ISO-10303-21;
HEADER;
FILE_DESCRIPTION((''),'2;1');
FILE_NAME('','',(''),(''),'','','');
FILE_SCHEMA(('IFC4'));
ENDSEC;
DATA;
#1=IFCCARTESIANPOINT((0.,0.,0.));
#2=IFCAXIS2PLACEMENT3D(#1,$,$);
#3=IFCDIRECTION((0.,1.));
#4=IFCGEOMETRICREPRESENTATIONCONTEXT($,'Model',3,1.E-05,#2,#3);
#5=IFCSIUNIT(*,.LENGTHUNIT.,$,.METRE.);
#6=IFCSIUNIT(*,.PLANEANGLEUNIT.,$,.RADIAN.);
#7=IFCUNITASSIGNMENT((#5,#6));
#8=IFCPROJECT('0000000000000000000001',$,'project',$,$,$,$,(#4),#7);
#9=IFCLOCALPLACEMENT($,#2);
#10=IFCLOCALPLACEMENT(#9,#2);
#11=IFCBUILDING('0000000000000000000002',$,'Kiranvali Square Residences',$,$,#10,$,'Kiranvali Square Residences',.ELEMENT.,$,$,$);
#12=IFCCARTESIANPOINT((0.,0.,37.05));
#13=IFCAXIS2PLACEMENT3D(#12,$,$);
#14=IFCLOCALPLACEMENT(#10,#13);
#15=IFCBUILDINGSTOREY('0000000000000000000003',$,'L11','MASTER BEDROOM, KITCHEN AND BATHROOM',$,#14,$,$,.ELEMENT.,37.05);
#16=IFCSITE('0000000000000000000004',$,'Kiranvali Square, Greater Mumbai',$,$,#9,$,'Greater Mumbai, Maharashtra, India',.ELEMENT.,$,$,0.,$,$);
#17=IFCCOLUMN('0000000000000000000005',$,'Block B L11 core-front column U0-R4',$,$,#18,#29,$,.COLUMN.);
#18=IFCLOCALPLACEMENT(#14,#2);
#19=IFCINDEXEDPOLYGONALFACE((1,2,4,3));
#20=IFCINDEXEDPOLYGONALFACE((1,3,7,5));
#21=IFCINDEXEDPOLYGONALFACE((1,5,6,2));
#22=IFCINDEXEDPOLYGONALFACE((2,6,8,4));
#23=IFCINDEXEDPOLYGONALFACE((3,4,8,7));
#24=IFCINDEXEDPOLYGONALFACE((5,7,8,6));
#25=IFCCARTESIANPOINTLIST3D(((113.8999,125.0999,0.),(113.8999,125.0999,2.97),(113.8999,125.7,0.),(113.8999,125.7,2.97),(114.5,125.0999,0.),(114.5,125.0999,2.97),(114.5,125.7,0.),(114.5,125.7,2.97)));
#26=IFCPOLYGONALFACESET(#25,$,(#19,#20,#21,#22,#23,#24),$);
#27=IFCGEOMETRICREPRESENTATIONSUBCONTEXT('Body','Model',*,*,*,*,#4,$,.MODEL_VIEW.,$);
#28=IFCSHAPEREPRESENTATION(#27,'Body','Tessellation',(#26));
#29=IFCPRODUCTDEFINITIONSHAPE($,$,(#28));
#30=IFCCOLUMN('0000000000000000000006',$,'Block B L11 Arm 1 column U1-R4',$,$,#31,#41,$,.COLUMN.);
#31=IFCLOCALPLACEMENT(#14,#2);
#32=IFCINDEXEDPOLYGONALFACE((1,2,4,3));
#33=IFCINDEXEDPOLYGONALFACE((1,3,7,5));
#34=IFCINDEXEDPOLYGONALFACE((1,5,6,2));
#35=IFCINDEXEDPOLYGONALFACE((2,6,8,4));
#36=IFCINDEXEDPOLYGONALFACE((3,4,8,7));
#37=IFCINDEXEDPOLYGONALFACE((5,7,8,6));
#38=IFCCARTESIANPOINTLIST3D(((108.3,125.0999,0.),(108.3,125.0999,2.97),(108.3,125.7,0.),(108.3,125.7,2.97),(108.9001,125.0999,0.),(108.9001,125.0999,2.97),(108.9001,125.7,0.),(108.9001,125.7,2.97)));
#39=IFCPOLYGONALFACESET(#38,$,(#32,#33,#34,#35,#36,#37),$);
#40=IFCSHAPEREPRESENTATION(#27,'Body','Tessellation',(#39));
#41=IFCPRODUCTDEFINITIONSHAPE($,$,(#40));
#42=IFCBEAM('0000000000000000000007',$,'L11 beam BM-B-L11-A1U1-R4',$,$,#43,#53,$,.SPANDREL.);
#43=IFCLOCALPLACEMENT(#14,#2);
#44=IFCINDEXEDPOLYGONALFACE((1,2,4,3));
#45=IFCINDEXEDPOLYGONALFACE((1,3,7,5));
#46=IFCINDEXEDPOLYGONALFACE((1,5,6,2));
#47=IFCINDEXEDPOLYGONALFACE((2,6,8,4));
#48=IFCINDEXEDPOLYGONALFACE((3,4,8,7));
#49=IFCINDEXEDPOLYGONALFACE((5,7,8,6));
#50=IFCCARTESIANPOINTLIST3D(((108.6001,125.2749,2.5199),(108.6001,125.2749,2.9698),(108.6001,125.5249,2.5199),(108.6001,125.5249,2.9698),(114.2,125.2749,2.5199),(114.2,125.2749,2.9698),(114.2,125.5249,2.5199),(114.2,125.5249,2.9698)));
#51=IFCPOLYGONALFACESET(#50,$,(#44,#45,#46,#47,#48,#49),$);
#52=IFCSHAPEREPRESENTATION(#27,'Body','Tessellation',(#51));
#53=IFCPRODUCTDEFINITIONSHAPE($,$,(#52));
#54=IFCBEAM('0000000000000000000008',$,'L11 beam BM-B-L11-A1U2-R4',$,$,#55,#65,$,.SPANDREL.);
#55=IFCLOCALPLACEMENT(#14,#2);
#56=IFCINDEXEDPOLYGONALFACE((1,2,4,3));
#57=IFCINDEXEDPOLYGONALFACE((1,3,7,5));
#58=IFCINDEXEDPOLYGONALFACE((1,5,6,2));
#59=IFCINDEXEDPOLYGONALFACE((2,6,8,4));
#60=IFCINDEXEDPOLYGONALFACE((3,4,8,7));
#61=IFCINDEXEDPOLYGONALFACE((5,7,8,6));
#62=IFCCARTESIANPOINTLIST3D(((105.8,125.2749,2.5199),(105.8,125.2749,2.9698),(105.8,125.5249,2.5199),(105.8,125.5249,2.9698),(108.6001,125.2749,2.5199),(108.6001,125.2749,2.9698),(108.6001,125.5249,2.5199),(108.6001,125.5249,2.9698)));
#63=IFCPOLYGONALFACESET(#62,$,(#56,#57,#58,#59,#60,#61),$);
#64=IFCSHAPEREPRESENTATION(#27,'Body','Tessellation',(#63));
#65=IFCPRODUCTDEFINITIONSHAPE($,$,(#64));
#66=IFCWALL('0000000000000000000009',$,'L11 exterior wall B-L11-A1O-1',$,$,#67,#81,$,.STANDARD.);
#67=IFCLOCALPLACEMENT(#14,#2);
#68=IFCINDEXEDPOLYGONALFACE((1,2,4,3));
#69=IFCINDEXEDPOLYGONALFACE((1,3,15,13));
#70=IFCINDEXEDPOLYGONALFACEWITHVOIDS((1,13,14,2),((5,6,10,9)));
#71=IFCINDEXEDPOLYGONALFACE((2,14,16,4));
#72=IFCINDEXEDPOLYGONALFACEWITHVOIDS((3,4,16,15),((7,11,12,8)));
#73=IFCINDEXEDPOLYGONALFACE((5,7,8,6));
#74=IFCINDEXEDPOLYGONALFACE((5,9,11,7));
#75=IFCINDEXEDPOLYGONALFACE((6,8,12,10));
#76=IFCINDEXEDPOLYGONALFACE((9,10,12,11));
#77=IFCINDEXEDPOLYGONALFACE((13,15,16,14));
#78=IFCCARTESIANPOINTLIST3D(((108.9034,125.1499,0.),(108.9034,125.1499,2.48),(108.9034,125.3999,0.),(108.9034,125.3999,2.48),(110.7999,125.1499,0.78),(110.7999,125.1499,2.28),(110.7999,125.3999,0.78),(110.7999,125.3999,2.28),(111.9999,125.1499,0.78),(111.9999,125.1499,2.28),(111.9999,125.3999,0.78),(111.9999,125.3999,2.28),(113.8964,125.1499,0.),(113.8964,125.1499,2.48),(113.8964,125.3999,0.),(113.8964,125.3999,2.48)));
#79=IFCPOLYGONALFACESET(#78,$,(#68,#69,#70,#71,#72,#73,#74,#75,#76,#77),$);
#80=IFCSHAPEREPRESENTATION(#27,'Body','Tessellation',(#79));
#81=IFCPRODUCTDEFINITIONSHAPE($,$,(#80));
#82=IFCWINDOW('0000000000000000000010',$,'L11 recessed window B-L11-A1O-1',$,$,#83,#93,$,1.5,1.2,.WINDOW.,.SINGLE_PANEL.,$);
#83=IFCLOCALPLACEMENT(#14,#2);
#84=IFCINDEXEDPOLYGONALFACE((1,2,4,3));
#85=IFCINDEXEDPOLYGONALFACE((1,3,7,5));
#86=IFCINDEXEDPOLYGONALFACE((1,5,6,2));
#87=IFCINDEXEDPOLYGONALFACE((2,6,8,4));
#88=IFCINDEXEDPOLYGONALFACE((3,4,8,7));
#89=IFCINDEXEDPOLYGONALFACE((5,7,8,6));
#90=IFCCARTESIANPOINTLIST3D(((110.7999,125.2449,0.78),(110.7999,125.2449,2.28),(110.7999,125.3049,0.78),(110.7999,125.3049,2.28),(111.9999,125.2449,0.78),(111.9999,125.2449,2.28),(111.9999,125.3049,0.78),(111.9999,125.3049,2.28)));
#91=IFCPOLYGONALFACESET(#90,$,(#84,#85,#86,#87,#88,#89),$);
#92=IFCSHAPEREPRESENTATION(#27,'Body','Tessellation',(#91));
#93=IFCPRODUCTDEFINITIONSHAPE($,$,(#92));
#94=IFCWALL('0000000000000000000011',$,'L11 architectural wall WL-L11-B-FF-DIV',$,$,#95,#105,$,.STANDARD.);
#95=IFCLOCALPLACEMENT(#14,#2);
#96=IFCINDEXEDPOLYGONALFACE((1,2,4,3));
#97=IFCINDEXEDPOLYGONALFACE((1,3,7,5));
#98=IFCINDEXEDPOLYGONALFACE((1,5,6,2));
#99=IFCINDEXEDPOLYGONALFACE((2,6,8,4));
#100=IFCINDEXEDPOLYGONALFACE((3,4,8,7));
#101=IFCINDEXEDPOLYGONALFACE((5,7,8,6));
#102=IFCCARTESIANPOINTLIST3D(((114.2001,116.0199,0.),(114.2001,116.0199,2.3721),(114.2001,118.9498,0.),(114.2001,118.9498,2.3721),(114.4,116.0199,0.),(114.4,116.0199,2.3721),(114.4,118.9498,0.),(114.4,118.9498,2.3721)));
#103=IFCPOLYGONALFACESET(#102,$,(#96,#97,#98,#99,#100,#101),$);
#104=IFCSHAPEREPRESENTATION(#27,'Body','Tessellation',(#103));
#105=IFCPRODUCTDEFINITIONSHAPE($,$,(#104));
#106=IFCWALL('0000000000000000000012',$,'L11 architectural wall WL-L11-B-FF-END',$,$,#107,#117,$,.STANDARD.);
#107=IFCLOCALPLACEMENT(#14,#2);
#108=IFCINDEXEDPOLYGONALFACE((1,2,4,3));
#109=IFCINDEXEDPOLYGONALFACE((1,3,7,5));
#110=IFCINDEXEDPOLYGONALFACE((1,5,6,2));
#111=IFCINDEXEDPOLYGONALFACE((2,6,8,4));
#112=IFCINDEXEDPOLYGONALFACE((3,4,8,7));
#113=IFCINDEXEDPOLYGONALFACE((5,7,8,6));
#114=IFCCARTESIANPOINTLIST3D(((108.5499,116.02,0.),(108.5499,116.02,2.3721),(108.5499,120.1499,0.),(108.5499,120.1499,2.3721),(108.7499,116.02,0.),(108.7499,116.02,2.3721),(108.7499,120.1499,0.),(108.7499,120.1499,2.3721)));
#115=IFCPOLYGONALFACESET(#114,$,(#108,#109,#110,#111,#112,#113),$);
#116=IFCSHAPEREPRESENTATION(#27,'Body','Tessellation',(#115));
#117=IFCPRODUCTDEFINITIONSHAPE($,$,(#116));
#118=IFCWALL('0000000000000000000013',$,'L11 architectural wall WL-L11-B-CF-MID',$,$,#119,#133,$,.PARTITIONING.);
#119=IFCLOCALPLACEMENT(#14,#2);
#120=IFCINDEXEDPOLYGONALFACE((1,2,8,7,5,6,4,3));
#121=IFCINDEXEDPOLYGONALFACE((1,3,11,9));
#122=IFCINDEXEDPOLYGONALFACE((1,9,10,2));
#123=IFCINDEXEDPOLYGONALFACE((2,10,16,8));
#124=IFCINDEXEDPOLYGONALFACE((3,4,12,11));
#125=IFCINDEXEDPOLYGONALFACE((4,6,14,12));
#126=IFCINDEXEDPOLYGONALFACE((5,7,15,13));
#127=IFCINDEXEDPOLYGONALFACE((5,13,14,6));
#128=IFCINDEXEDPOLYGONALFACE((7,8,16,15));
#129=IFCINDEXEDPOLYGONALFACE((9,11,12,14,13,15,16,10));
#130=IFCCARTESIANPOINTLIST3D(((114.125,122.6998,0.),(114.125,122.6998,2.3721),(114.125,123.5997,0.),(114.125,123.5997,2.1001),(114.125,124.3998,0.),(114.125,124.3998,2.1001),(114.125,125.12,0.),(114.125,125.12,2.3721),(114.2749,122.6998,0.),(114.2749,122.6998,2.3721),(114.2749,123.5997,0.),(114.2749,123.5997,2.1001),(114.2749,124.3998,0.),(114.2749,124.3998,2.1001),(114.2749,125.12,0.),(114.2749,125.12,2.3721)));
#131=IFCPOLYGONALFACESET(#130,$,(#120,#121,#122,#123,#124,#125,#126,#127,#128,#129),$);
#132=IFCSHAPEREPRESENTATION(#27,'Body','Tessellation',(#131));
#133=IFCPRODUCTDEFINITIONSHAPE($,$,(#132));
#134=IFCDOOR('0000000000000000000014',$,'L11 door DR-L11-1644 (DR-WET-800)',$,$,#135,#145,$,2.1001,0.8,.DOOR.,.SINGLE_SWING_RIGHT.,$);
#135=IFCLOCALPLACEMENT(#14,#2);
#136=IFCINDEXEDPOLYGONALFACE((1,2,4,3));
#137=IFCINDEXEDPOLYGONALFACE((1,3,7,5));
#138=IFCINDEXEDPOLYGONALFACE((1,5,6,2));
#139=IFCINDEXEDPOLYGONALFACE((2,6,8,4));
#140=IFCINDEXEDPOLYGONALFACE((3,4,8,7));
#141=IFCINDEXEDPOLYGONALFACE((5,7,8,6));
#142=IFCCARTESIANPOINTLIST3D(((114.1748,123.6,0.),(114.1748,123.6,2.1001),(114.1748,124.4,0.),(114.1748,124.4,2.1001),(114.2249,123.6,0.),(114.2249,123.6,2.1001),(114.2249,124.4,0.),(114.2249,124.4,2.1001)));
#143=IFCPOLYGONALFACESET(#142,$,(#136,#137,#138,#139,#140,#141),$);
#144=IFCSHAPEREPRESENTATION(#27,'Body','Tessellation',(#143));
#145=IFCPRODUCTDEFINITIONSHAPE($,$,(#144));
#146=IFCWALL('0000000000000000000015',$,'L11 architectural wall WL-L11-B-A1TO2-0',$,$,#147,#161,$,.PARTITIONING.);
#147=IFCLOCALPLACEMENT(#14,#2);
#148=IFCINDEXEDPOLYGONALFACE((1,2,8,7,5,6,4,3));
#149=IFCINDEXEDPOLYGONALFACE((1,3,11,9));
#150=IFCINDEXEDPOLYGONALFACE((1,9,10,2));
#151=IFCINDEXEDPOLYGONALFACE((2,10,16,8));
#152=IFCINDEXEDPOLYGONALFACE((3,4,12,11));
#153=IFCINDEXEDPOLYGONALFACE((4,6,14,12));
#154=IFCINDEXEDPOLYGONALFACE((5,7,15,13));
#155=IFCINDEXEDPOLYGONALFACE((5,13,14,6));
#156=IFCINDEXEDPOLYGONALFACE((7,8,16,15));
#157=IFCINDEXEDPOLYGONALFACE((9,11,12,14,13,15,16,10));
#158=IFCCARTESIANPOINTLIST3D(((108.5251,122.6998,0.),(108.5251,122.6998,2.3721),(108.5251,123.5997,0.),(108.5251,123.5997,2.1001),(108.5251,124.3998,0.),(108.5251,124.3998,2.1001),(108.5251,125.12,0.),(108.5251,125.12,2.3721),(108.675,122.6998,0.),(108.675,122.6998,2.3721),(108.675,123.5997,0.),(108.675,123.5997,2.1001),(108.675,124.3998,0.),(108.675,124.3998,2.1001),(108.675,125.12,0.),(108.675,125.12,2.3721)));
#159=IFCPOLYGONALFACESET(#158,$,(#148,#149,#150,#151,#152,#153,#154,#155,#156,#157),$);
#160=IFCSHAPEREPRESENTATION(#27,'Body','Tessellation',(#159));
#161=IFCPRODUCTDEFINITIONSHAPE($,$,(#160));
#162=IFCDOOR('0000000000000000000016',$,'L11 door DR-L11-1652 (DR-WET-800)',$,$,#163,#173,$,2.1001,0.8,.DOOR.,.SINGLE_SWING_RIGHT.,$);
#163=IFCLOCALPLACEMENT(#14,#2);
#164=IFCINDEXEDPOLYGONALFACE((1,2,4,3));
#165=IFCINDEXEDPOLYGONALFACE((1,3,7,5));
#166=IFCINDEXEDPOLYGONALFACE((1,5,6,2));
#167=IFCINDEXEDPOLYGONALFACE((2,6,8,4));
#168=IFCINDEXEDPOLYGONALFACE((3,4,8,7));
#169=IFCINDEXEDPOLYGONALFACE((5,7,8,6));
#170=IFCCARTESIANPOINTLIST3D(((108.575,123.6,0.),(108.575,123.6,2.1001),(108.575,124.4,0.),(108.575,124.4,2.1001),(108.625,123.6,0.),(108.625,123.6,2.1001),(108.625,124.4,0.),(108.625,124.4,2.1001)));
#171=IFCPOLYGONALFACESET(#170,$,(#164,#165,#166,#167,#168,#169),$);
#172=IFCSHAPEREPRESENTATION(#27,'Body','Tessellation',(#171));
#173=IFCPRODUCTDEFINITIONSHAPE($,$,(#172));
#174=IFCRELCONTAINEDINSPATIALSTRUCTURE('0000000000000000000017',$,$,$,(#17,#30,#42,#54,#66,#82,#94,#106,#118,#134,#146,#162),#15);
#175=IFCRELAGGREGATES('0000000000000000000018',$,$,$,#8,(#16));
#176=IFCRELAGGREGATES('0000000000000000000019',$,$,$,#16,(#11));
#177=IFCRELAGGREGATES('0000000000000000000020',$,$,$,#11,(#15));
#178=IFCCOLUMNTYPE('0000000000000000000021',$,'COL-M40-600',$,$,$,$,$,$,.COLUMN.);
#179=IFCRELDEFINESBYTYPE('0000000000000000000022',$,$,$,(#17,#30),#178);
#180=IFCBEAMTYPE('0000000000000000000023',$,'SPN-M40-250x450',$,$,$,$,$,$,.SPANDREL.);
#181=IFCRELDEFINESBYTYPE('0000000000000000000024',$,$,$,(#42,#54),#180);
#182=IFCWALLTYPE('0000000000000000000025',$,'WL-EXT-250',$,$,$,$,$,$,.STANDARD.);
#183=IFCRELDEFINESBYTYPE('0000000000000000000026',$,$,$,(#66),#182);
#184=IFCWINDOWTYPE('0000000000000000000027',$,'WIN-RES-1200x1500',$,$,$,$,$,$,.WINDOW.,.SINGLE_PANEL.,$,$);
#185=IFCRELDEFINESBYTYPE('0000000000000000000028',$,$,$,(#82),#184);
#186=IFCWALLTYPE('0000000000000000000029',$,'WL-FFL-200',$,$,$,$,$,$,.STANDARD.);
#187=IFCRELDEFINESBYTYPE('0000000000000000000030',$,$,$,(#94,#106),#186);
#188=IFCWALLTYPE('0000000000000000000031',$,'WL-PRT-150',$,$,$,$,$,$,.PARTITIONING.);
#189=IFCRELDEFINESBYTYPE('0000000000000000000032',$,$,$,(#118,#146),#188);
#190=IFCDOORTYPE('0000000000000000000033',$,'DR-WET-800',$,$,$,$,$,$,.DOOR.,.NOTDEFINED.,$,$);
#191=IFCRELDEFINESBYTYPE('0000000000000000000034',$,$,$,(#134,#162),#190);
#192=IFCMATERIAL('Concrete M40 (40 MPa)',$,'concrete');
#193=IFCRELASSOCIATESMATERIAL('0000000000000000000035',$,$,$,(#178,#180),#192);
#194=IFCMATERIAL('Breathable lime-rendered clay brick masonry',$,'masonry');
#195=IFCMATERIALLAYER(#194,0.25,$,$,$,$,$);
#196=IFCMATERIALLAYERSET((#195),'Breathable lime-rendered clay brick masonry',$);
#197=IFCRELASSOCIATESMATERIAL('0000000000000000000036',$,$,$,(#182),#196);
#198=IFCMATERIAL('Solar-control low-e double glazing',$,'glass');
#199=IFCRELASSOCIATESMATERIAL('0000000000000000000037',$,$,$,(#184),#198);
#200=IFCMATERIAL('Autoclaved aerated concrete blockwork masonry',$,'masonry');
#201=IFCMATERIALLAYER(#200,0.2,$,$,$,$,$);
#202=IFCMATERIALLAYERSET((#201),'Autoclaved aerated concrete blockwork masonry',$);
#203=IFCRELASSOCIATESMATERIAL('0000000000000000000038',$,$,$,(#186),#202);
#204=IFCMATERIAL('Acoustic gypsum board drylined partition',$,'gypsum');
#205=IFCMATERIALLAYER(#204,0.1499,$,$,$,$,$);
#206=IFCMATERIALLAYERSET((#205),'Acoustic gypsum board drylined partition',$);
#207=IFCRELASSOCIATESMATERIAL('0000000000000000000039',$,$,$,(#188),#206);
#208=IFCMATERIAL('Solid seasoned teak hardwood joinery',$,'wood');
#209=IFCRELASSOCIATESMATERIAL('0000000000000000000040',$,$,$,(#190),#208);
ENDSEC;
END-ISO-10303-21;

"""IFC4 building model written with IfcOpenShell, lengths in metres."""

from ifc_helpers import new_model, si_unit, direction, frame, frame_2d, origin, origin_2d, place, context, subcontext, project, spatial, rectangle, extrude, material, layer, layer_set, material_profile, profile_set, type_object, element, fill, save


model = new_model("IFC4")

# Units and contexts
model_context = context("Model", 3, precision=1e-05, world=origin(), true_north=direction((0.0, 1.0)))
body_context = subcontext(model_context, "Body", "Model", "MODEL_VIEW")
ifc_project = project(units=[si_unit("LENGTHUNIT", "METRE"), si_unit("PLANEANGLEUNIT", "RADIAN")], contexts=[model_context])

# Site, building, storey
site_placement = place(None, origin())
site = spatial("IfcSite", under=ifc_project, at=site_placement, Name="Kiranvali Square, Greater Mumbai", LongName="Greater Mumbai, Maharashtra, India", CompositionType="ELEMENT", RefElevation=0.0)
building_placement = place(site_placement, origin())
building = spatial("IfcBuilding", under=site, at=building_placement, Name="Kiranvali Square Residences", LongName="Kiranvali Square Residences", CompositionType="ELEMENT")
storey_placement = place(building_placement, frame((0.0, 0.0, 37.05)))
storey = spatial("IfcBuildingStorey", under=building, at=storey_placement, Name="L11", Description="MASTER BEDROOM, KITCHEN AND BATHROOM", CompositionType="ELEMENT", Elevation=37.05)

# Columns
ifc_material_1 = material(Name="Concrete M40 (40 MPa)", Category="concrete")
ifc_material_profile_1 = material_profile(ifc_material_1, rectangle(XDim=0.6001, YDim=0.6001, at=origin_2d()), Name="RC 600x600")
ifc_profile_set_1 = profile_set([ifc_material_profile_1], Name="Concrete M40 (40 MPa)")
column_type = type_object("IfcColumnType", Name="COL-M40-600", PredefinedType="COLUMN", material=ifc_profile_set_1)
for number, where, z_axis, x_axis, name in (
    (1, (114.2, 125.3999, 0.0), (0.0, 0.0, 1.0), (1.0, 0.0, 0.0), "Block B L11 core-front column U0-R4"),
    (2, (108.6001, 125.3999, 0.0), (0.0, 0.0, 1.0), (1.0, 0.0, 0.0), "Block B L11 Arm 1 column U1-R4"),
):
    element("IfcColumn", number, at=place(storey_placement, frame(where, z_axis=z_axis, x_axis=x_axis)), inside=storey, type_object=column_type, Name=name, PredefinedType="COLUMN", context=body_context, shape_type="SweptSolid", body=[
        extrude(rectangle(XDim=0.6001, YDim=0.6001, at=origin_2d()), origin(), (0.0, 0.0, 1.0), 2.97),
    ])

# Beams
ifc_material_profile_2 = material_profile(ifc_material_1, rectangle(XDim=0.25, YDim=0.45, at=origin_2d()), Name="RC 250x450")
ifc_profile_set_2 = profile_set([ifc_material_profile_2], Name="Concrete M40 (40 MPa)")
beam_type = type_object("IfcBeamType", Name="SPN-M40-250x450", PredefinedType="SPANDREL", material=ifc_profile_set_2)
beam_1_placement = place(storey_placement, frame((114.2, 125.3999, 2.7449), z_axis=(-1.0, 0.0, 0.0), x_axis=(0.0, -1.0, 0.0)))
element("IfcBeam", 3, at=beam_1_placement, inside=storey, type_object=beam_type, Name="L11 beam BM-B-L11-A1U1-R4", PredefinedType="SPANDREL", context=body_context, shape_type="SweptSolid", body=[
    extrude(rectangle(XDim=0.25, YDim=0.45, at=origin_2d()), origin(), (0.0, 0.0, 1.0), 5.5999),
])
beam_2_placement = place(storey_placement, frame((108.6001, 125.3999, 2.7449), z_axis=(-1.0, 0.0, 0.0), x_axis=(0.0, -1.0, 0.0)))
element("IfcBeam", 4, at=beam_2_placement, inside=storey, type_object=beam_type, Name="L11 beam BM-B-L11-A1U2-R4", PredefinedType="SPANDREL", context=body_context, shape_type="SweptSolid", body=[
    extrude(rectangle(XDim=0.25, YDim=0.45, at=origin_2d()), origin(), (0.0, 0.0, 1.0), 2.8),
])

# Wall, opening, window
ifc_material_2 = material(Name="Breathable lime-rendered clay brick masonry", Category="masonry")
ifc_layer_1 = layer(ifc_material_2, 0.25)
ifc_layer_set_1 = layer_set([ifc_layer_1], Name="Breathable lime-rendered clay brick masonry")
wall_type_1 = type_object("IfcWallType", Name="WL-EXT-250", PredefinedType="STANDARD", material=ifc_layer_set_1)
wall_1_placement = place(storey_placement, frame((113.8965, 125.2749, 0.0), z_axis=(0.0, 0.0, 1.0), x_axis=(-1.0, 0.0, 0.0)))
wall_1 = element("IfcWall", 5, at=wall_1_placement, inside=storey, type_object=wall_type_1, Name="L11 exterior wall B-L11-A1O-1", PredefinedType="STANDARD", context=body_context, shape_type="SweptSolid", body=[
    extrude(rectangle(XDim=4.9929, YDim=0.25, at=frame_2d((2.4966, 0.0))), origin(), (0.0, 0.0, 1.0), 2.48),
])
opening_1_placement = place(wall_1_placement, frame((1.8965, 0.0, 0.78)))
opening_1 = element("IfcOpeningElement", 6, at=opening_1_placement, cuts=wall_1, PredefinedType="OPENING", context=body_context, shape_type="SweptSolid", body=[
    extrude(rectangle(XDim=1.2, YDim=1.5, at=frame_2d((0.6001, 0.75))), frame((0.0, 0.135, 0.0), z_axis=(0.0, -1.0, 0.0), x_axis=(1.0, 0.0, 0.0)), (0.0, 0.0, 1.0), 0.27),
])
ifc_material_3 = material(Name="Solar-control low-e double glazing", Category="glass")
window_type = type_object("IfcWindowType", Name="WIN-RES-1200x1500", PartitioningType="SINGLE_PANEL", PredefinedType="WINDOW", material=ifc_material_3)
window_placement = place(opening_1_placement, origin())
window = element("IfcWindow", 7, at=window_placement, inside=storey, type_object=window_type, Name="L11 recessed window B-L11-A1O-1", OverallHeight=1.5, OverallWidth=1.2, PartitioningType="SINGLE_PANEL", PredefinedType="WINDOW", context=body_context, shape_type="SweptSolid", body=[
    extrude(rectangle(XDim=1.2, YDim=1.5, at=frame_2d((0.6001, 0.75))), frame((0.0, 0.03, 0.0), z_axis=(0.0, -1.0, 0.0), x_axis=(1.0, 0.0, 0.0)), (0.0, 0.0, 1.0), 0.0601),
])
fill(opening_1, window)

# Shared definitions
ifc_material_4 = material(Name="Autoclaved aerated concrete blockwork masonry", Category="masonry")
ifc_layer_2 = layer(ifc_material_4, 0.2)
ifc_layer_set_2 = layer_set([ifc_layer_2], Name="Autoclaved aerated concrete blockwork masonry")
wall_type_2 = type_object("IfcWallType", Name="WL-FFL-200", PredefinedType="STANDARD", material=ifc_layer_set_2)

# Walls
wall_2_placement = place(storey_placement, frame((114.3, 116.02, 0.0), z_axis=(0.0, 0.0, 1.0), x_axis=(0.0, 1.0, 0.0)))
element("IfcWall", 8, at=wall_2_placement, inside=storey, type_object=wall_type_2, Name="L11 architectural wall WL-L11-B-FF-DIV", PredefinedType="STANDARD", context=body_context, shape_type="SweptSolid", body=[
    extrude(rectangle(XDim=2.9299, YDim=0.2, at=frame_2d((1.4648, 0.0))), origin(), (0.0, 0.0, 1.0), 2.3721),
])
wall_3_placement = place(storey_placement, frame((108.6499, 116.02, 0.0), z_axis=(0.0, 0.0, 1.0), x_axis=(0.0, 1.0, 0.0)))
element("IfcWall", 9, at=wall_3_placement, inside=storey, type_object=wall_type_2, Name="L11 architectural wall WL-L11-B-FF-END", PredefinedType="STANDARD", context=body_context, shape_type="SweptSolid", body=[
    extrude(rectangle(XDim=4.1299, YDim=0.2, at=frame_2d((2.0649, 0.0))), origin(), (0.0, 0.0, 1.0), 2.3721),
])

# Walls, openings, doors
ifc_material_5 = material(Name="Acoustic gypsum board drylined partition", Category="gypsum")
ifc_layer_3 = layer(ifc_material_5, 0.1499)
ifc_layer_set_3 = layer_set([ifc_layer_3], Name="Acoustic gypsum board drylined partition")
wall_type_3 = type_object("IfcWallType", Name="WL-PRT-150", PredefinedType="PARTITIONING", material=ifc_layer_set_3)
wall_4_placement = place(storey_placement, frame((114.2, 122.7, 0.0), z_axis=(0.0, 0.0, 1.0), x_axis=(0.0, 1.0, 0.0)))
wall_4 = element("IfcWall", 10, at=wall_4_placement, inside=storey, type_object=wall_type_3, Name="L11 architectural wall WL-L11-B-CF-MID", PredefinedType="PARTITIONING", context=body_context, shape_type="SweptSolid", body=[
    extrude(rectangle(XDim=2.4202, YDim=0.1499, at=frame_2d((1.21, 0.0))), origin(), (0.0, 0.0, 1.0), 2.3721),
])
opening_2_placement = place(wall_4_placement, frame((0.8999, 0.0, 0.0)))
opening_2 = element("IfcOpeningElement", 11, at=opening_2_placement, cuts=wall_4, PredefinedType="OPENING", context=body_context, shape_type="SweptSolid", body=[
    extrude(rectangle(XDim=0.8, YDim=2.1001, at=frame_2d((0.3999, 1.05))), frame((0.0, 0.085, 0.0), z_axis=(0.0, -1.0, 0.0), x_axis=(1.0, 0.0, 0.0)), (0.0, 0.0, 1.0), 0.1699),
])
ifc_material_6 = material(Name="Solid seasoned teak hardwood joinery", Category="wood")
door_type_1 = type_object("IfcDoorType", Name="DR-WET-800", OperationType="NOTDEFINED", PredefinedType="DOOR", material=ifc_material_6)
door_1_placement = place(opening_2_placement, frame((0.8, 0.0, 0.0), z_axis=(0.0, 0.0, 1.0), x_axis=(-1.0, 0.0, 0.0)))
door_1 = element("IfcDoor", 12, at=door_1_placement, inside=storey, type_object=door_type_1, Name="L11 door DR-L11-1644 (DR-WET-800)", OperationType="SINGLE_SWING_RIGHT", OverallHeight=2.1001, OverallWidth=0.8, PredefinedType="DOOR", context=body_context, shape_type="SweptSolid", body=[
    extrude(rectangle(XDim=0.8, YDim=2.1001, at=frame_2d((0.3999, 1.05))), frame((0.0, 0.0249, 0.0), z_axis=(0.0, -1.0, 0.0), x_axis=(1.0, 0.0, 0.0)), (0.0, 0.0, 1.0), 0.05),
])
fill(opening_2, door_1)
wall_5_placement = place(storey_placement, frame((108.6001, 122.7, 0.0), z_axis=(0.0, 0.0, 1.0), x_axis=(0.0, 1.0, 0.0)))
wall_5 = element("IfcWall", 13, at=wall_5_placement, inside=storey, type_object=wall_type_3, Name="L11 architectural wall WL-L11-B-A1TO2-0", PredefinedType="PARTITIONING", context=body_context, shape_type="SweptSolid", body=[
    extrude(rectangle(XDim=2.4202, YDim=0.1499, at=frame_2d((1.21, 0.0))), origin(), (0.0, 0.0, 1.0), 2.3721),
])
opening_3_placement = place(wall_5_placement, frame((0.8999, 0.0, 0.0)))
opening_3 = element("IfcOpeningElement", 14, at=opening_3_placement, cuts=wall_5, PredefinedType="OPENING", context=body_context, shape_type="SweptSolid", body=[
    extrude(rectangle(XDim=0.8, YDim=2.1001, at=frame_2d((0.3999, 1.05))), frame((0.0, 0.085, 0.0), z_axis=(0.0, -1.0, 0.0), x_axis=(1.0, 0.0, 0.0)), (0.0, 0.0, 1.0), 0.1699),
])
door_2_placement = place(opening_3_placement, frame((0.8, 0.0, 0.0), z_axis=(0.0, 0.0, 1.0), x_axis=(-1.0, 0.0, 0.0)))
door_2 = element("IfcDoor", 15, at=door_2_placement, inside=storey, type_object=door_type_1, Name="L11 door DR-L11-1652 (DR-WET-800)", OperationType="SINGLE_SWING_RIGHT", OverallHeight=2.1001, OverallWidth=0.8, PredefinedType="DOOR", context=body_context, shape_type="SweptSolid", body=[
    extrude(rectangle(XDim=0.8, YDim=2.1001, at=frame_2d((0.3999, 1.05))), frame((0.0, 0.0249, 0.0), z_axis=(0.0, -1.0, 0.0), x_axis=(1.0, 0.0, 0.0)), (0.0, 0.0, 1.0), 0.05),
])
fill(opening_3, door_2)

save(model, "model.ifc")
